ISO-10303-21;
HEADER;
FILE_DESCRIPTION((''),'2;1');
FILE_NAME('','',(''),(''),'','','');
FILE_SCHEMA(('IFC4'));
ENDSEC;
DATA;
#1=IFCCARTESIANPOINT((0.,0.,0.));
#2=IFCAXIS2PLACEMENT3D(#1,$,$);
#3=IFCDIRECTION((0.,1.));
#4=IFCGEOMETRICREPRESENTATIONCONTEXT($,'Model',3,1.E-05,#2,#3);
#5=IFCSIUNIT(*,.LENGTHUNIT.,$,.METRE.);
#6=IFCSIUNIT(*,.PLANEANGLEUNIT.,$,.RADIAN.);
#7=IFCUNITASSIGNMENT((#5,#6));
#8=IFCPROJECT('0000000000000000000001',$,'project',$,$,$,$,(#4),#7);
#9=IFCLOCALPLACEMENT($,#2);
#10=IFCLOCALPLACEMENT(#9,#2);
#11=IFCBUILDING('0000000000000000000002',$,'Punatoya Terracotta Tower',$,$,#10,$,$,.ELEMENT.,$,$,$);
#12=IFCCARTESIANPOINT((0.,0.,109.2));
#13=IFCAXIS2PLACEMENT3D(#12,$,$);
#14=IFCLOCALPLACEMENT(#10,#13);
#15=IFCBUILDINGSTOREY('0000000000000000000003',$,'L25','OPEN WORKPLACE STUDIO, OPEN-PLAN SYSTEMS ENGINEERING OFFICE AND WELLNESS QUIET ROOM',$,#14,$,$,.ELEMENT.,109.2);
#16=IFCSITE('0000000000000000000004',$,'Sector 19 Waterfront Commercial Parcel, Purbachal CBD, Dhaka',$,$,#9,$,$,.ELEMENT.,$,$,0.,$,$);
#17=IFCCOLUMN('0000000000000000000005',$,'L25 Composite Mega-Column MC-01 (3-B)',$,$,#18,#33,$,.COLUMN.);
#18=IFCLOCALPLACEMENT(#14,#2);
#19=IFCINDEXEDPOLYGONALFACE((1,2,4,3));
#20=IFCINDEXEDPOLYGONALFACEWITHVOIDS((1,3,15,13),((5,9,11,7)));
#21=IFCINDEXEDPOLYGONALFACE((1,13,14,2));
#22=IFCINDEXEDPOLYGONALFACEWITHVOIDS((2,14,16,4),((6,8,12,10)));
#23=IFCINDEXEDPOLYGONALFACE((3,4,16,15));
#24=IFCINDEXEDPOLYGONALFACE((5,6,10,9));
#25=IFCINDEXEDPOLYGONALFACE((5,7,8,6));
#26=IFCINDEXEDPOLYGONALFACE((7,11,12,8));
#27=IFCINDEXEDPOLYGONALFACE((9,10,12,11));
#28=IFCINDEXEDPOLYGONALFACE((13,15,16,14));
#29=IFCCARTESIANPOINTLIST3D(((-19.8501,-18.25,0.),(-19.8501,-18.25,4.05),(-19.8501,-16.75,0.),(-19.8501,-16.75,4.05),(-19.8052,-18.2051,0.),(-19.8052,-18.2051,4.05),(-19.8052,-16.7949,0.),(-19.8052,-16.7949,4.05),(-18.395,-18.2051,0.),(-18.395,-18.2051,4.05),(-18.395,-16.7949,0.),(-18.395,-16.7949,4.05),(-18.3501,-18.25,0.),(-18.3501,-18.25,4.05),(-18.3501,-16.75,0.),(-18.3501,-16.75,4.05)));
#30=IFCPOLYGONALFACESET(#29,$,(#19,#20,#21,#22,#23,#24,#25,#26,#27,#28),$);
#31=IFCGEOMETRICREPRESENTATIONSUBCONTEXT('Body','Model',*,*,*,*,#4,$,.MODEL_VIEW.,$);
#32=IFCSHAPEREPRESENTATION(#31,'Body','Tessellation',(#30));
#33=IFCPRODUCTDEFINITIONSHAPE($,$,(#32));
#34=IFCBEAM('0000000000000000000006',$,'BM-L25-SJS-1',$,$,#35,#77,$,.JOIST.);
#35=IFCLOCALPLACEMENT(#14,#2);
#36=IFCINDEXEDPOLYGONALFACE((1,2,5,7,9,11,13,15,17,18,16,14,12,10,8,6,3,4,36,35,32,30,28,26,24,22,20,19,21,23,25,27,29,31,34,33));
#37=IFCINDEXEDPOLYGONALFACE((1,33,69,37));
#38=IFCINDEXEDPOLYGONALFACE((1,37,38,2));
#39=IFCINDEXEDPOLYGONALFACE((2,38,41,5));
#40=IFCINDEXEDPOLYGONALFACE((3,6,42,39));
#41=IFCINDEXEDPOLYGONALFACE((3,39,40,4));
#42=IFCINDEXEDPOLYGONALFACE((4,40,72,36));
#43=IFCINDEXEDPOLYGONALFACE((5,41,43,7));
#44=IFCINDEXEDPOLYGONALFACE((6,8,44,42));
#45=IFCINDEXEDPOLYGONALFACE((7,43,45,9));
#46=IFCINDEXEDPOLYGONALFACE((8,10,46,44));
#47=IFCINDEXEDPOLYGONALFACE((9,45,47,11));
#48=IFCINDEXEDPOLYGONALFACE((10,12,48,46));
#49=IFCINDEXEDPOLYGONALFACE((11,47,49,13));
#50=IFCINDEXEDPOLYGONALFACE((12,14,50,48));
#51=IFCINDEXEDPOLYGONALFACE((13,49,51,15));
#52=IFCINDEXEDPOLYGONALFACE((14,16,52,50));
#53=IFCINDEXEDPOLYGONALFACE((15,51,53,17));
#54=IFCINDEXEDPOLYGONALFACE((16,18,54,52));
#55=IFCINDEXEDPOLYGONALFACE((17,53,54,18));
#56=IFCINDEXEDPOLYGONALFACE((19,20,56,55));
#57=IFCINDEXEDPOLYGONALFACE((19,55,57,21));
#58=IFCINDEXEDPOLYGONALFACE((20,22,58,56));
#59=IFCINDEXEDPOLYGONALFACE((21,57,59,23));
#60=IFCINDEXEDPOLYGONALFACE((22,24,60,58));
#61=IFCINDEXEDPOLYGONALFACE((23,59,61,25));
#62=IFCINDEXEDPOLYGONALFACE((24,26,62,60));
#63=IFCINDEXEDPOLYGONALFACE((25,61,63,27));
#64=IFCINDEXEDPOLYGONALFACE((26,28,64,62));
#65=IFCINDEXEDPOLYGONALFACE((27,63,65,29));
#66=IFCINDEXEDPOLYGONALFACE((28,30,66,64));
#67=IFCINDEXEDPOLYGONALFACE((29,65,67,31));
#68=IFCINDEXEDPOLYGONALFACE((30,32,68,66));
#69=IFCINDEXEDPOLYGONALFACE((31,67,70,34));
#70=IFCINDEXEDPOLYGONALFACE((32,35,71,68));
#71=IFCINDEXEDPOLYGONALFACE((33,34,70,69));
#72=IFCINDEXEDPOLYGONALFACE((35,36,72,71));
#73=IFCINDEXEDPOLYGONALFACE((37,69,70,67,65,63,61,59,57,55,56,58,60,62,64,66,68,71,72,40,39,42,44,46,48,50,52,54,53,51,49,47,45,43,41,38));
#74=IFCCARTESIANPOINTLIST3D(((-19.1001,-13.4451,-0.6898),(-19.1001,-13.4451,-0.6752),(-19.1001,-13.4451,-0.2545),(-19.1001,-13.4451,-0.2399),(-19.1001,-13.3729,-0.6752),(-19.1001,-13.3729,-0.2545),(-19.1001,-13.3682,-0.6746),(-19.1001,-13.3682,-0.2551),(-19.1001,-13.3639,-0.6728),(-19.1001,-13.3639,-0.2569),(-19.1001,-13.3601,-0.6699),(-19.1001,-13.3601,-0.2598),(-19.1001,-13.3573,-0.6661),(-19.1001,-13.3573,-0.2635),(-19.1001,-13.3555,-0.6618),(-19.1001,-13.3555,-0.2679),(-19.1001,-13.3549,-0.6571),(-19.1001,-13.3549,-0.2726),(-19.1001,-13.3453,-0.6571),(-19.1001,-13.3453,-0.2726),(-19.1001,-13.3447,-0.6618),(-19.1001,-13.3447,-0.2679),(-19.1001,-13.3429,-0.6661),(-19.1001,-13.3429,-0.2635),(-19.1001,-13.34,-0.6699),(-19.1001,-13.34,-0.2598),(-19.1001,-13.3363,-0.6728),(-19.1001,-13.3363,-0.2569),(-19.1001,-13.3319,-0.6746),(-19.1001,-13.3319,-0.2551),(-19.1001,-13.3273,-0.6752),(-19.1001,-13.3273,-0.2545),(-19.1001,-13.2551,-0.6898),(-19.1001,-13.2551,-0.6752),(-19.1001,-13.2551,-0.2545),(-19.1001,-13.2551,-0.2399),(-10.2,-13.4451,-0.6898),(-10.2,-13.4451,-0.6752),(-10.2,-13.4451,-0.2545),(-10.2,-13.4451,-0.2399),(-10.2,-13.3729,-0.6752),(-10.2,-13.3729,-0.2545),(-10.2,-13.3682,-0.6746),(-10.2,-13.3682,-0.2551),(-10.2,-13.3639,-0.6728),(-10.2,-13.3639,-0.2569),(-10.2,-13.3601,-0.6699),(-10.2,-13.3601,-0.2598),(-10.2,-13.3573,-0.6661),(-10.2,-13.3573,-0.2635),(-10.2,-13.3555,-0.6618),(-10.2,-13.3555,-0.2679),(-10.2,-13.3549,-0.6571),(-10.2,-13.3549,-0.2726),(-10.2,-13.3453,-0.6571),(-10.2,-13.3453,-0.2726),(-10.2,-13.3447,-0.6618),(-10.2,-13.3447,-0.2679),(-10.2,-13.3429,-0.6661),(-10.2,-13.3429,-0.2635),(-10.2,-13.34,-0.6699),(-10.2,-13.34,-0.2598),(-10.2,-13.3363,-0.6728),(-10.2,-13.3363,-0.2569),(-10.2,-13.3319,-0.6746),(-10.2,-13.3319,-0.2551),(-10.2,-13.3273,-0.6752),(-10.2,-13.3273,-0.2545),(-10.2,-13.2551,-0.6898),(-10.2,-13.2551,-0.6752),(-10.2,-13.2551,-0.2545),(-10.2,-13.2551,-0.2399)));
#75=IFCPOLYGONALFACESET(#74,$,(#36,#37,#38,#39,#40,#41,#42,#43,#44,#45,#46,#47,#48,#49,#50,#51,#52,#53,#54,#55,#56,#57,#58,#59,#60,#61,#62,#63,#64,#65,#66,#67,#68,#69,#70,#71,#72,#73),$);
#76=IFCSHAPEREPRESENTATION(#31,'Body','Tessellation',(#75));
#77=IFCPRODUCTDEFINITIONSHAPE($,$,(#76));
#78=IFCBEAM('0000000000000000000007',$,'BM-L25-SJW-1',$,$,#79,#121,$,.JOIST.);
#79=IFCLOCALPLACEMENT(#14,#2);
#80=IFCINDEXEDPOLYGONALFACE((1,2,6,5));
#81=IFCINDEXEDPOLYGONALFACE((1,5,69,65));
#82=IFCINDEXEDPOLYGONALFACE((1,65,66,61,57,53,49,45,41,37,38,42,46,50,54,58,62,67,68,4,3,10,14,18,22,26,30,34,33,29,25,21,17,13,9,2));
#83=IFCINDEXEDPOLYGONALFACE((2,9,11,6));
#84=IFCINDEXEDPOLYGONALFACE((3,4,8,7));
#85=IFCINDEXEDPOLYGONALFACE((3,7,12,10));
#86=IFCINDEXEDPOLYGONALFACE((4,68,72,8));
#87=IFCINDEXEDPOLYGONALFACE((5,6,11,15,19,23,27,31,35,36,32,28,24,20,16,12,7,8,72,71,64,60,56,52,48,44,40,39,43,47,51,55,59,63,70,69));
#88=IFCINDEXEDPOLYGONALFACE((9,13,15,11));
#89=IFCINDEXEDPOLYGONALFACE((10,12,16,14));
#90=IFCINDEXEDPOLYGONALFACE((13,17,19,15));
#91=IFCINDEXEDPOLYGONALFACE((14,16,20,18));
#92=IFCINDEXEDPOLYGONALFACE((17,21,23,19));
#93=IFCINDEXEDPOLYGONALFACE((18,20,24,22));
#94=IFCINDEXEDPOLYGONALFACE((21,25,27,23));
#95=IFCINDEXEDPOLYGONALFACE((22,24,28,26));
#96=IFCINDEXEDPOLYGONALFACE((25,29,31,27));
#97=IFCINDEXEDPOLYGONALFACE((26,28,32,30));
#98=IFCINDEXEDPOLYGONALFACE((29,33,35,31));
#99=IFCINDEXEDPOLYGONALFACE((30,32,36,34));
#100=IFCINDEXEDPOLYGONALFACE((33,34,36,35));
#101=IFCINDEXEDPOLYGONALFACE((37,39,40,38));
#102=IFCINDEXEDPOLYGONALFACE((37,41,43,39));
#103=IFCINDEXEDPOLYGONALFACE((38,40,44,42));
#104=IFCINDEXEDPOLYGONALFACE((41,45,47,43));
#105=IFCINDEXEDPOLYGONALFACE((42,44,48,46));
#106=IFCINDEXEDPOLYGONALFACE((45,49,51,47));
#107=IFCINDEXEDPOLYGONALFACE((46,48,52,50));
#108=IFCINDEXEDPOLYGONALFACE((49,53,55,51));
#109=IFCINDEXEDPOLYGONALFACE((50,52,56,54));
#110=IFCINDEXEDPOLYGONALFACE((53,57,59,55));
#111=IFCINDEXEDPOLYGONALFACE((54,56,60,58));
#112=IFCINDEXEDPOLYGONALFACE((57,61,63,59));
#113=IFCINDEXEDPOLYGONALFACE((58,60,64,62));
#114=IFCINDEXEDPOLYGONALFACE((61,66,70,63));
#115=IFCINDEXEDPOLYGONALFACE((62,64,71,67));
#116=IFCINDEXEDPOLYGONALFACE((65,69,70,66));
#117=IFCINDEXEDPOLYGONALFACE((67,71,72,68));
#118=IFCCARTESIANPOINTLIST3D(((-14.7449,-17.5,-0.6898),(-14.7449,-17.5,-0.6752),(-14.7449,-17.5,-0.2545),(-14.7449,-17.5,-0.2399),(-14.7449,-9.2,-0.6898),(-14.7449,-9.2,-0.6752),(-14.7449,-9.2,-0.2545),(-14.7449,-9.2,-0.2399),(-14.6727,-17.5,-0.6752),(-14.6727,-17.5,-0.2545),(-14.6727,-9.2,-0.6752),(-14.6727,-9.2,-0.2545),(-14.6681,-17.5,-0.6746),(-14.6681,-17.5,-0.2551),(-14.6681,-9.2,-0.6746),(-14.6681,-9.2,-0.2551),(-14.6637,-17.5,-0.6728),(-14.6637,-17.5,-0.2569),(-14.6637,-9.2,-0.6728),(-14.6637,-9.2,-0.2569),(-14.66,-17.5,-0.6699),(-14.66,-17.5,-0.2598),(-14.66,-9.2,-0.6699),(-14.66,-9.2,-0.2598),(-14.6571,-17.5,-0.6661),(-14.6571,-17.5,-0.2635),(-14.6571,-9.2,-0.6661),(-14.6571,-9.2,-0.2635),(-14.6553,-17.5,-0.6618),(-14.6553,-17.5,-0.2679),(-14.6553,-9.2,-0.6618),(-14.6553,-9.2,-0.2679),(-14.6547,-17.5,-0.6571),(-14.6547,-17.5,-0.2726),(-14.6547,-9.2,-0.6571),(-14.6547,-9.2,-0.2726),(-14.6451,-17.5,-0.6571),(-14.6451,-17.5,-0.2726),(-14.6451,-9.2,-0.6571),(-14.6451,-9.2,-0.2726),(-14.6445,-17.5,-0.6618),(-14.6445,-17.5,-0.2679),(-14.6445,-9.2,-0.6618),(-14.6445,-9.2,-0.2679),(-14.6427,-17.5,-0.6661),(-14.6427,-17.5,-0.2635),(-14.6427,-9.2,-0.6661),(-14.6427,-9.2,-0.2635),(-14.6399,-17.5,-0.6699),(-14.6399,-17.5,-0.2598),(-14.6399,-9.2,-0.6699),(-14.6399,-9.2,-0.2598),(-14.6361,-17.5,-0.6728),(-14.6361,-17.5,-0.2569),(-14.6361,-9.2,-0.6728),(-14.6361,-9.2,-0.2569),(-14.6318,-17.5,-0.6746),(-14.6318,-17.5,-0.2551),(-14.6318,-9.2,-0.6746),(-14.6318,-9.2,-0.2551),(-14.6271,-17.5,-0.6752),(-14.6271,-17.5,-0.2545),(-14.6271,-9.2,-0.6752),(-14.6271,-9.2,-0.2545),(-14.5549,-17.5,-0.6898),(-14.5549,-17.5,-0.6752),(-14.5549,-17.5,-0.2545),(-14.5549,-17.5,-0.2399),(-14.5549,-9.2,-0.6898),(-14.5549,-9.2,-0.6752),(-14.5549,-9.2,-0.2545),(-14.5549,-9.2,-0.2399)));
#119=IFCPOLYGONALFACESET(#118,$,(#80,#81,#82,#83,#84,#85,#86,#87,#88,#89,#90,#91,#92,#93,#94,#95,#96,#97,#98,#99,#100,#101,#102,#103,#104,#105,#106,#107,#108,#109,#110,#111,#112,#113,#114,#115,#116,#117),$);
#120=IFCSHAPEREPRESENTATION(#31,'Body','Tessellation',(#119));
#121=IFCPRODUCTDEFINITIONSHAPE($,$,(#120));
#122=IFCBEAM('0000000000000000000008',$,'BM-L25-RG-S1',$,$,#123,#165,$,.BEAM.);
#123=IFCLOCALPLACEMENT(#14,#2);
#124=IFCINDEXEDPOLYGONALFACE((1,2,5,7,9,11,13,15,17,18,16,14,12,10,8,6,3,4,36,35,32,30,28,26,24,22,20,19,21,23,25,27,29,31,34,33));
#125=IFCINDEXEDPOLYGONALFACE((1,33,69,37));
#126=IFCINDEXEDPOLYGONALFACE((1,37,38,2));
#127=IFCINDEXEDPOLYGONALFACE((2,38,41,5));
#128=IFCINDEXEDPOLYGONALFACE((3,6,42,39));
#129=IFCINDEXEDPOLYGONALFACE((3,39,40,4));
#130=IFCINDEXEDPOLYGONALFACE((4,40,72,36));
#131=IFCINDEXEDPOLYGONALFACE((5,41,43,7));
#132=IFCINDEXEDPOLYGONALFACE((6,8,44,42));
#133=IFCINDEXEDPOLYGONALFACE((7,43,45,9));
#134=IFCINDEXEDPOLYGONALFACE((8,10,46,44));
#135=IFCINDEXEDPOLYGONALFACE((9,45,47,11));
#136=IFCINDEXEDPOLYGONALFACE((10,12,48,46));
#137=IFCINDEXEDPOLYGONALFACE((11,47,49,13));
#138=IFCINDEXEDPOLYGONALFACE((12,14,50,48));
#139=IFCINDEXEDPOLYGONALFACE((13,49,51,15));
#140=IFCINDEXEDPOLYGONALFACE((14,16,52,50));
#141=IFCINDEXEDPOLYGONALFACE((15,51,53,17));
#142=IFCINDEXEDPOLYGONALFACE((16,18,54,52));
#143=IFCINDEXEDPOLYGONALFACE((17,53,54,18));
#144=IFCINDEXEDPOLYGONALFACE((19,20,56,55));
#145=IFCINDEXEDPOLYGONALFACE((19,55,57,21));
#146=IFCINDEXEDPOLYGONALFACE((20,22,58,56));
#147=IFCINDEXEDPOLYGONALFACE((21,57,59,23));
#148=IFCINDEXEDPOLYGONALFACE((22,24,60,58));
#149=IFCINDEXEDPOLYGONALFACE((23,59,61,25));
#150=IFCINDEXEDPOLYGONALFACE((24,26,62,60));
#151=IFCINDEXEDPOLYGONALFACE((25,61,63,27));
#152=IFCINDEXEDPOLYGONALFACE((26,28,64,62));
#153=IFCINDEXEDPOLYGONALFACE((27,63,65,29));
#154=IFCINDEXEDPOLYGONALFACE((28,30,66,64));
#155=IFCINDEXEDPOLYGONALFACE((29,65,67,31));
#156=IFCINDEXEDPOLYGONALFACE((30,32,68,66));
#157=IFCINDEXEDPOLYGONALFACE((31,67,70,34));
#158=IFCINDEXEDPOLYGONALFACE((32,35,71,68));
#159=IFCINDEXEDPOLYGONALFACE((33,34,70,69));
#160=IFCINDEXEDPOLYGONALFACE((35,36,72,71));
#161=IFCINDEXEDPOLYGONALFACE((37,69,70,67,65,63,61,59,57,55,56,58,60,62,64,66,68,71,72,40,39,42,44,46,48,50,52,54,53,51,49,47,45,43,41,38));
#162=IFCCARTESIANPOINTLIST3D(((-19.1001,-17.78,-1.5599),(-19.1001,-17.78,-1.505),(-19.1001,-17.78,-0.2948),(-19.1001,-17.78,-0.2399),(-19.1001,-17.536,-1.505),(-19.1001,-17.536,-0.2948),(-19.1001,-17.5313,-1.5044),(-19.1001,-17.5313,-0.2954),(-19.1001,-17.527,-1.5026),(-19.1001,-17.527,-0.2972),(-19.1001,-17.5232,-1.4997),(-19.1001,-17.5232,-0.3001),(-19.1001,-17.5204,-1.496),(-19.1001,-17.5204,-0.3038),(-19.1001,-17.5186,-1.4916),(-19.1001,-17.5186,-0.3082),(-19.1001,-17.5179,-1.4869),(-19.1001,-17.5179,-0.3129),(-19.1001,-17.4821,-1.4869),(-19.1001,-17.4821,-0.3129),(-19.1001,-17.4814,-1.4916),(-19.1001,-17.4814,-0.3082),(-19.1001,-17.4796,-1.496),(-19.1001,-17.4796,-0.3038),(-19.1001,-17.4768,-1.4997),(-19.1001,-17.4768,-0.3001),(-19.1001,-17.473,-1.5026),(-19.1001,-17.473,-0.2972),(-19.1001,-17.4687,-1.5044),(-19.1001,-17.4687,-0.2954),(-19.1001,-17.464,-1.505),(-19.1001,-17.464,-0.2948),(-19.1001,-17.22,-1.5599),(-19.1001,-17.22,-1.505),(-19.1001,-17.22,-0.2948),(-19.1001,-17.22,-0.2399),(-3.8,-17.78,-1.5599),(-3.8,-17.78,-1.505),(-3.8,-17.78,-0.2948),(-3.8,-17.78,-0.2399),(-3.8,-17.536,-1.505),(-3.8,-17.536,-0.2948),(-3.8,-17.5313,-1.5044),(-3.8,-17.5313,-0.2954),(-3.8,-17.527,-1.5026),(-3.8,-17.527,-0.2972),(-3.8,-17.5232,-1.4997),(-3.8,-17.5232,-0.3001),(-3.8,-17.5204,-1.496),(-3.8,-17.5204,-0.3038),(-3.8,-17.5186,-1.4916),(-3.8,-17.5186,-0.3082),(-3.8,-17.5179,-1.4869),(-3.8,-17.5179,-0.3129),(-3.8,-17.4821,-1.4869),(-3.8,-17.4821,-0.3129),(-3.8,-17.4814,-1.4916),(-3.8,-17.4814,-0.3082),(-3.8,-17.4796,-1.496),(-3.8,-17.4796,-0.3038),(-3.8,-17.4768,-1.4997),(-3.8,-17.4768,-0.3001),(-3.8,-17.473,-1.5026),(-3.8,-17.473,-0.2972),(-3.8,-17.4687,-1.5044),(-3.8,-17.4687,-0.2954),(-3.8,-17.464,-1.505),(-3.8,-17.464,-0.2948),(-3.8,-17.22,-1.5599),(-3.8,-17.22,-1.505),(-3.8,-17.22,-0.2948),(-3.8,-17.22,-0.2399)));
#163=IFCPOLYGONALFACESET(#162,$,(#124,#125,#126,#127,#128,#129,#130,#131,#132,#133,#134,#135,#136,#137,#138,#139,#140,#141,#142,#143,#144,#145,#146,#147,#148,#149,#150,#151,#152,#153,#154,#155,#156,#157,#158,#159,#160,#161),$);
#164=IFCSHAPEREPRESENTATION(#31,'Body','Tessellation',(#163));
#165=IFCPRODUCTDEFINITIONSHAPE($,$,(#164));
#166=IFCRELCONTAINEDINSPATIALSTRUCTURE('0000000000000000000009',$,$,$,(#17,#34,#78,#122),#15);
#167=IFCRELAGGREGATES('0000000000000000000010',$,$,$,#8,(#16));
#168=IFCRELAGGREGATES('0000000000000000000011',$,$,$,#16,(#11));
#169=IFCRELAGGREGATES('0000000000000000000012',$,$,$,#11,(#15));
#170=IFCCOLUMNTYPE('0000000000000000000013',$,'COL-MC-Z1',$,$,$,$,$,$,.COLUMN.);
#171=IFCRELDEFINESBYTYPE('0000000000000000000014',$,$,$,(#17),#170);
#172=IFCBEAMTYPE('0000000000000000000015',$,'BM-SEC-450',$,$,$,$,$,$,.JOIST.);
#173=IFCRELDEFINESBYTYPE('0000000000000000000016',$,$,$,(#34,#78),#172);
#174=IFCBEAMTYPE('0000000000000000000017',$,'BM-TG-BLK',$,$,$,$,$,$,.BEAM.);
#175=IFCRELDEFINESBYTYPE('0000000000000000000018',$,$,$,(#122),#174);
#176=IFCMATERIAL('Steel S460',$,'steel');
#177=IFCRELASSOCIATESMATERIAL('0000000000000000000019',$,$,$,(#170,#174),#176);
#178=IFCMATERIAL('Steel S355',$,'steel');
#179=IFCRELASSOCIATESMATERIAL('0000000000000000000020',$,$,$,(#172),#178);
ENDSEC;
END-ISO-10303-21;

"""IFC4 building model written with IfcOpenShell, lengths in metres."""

from ifc_helpers import new_model, si_unit, direction, frame, origin, origin_2d, place, context, subcontext, project, spatial, hollow_rectangle, i_section, extrude, material, material_profile, profile_set, type_object, element, save


model = new_model("IFC4")

# Units and contexts
model_context = context("Model", 3, precision=1e-05, world=origin(), true_north=direction((0.0, 1.0)))
body_context = subcontext(model_context, "Body", "Model", "MODEL_VIEW")
ifc_project = project(units=[si_unit("LENGTHUNIT", "METRE"), si_unit("PLANEANGLEUNIT", "RADIAN")], contexts=[model_context])

# Site, building, storey
site_placement = place(None, origin())
site = spatial("IfcSite", under=ifc_project, at=site_placement, Name="Sector 19 Waterfront Commercial Parcel, Purbachal CBD, Dhaka", CompositionType="ELEMENT", RefElevation=0.0)
building_placement = place(site_placement, origin())
building = spatial("IfcBuilding", under=site, at=building_placement, Name="Punatoya Terracotta Tower", CompositionType="ELEMENT")
storey_placement = place(building_placement, frame((0.0, 0.0, 109.2)))
storey = spatial("IfcBuildingStorey", under=building, at=storey_placement, Name="L25", Description="OPEN WORKPLACE STUDIO, OPEN-PLAN SYSTEMS ENGINEERING OFFICE AND WELLNESS QUIET ROOM", CompositionType="ELEMENT", Elevation=109.2)

# Column
ifc_material_1 = material(Name="Steel S460", Category="steel")
ifc_material_profile_1 = material_profile(ifc_material_1, hollow_rectangle(XDim=1.5, YDim=1.5, WallThickness=0.0449, at=origin_2d()))
ifc_profile_set_1 = profile_set([ifc_material_profile_1], Name="Steel S460")
column_type = type_object("IfcColumnType", Name="COL-MC-Z1", PredefinedType="COLUMN", material=ifc_profile_set_1)
column_placement = place(storey_placement, frame((-19.1001, -17.5, 0.0), z_axis=(0.0, 0.0, 1.0), x_axis=(1.0, 0.0, 0.0)))
element("IfcColumn", 1, at=column_placement, inside=storey, type_object=column_type, Name="L25 Composite Mega-Column MC-01 (3-B)", PredefinedType="COLUMN", context=body_context, shape_type="SweptSolid", body=[
    extrude(hollow_rectangle(XDim=1.5, YDim=1.5, WallThickness=0.0449, at=origin_2d()), origin(), (0.0, 0.0, 1.0), 4.05),
])

# Beams
ifc_material_2 = material(Name="Steel S355", Category="steel")
ifc_material_profile_2 = material_profile(ifc_material_2, i_section(OverallWidth=0.1899, OverallDepth=0.45, WebThickness=0.0095, FlangeThickness=0.0146, FilletRadius=0.0181, at=origin_2d()))
ifc_profile_set_2 = profile_set([ifc_material_profile_2], Name="Steel S355")
beam_type_1 = type_object("IfcBeamType", Name="BM-SEC-450", PredefinedType="JOIST", material=ifc_profile_set_2)
beam_1_placement = place(storey_placement, frame((-19.1001, -13.3501, -0.4648), z_axis=(1.0, 0.0, 0.0), x_axis=(0.0, 1.0, 0.0)))
element("IfcBeam", 2, at=beam_1_placement, inside=storey, type_object=beam_type_1, Name="BM-L25-SJS-1", PredefinedType="JOIST", context=body_context, shape_type="SweptSolid", body=[
    extrude(i_section(OverallWidth=0.1899, OverallDepth=0.45, WebThickness=0.0095, FlangeThickness=0.0146, FilletRadius=0.0181, at=origin_2d()), origin(), (0.0, 0.0, 1.0), 8.9001),
])
beam_2_placement = place(storey_placement, frame((-14.6499, -17.5, -0.4648), z_axis=(0.0, 1.0, 0.0), x_axis=(-1.0, 0.0, 0.0)))
element("IfcBeam", 3, at=beam_2_placement, inside=storey, type_object=beam_type_1, Name="BM-L25-SJW-1", PredefinedType="JOIST", context=body_context, shape_type="SweptSolid", body=[
    extrude(i_section(OverallWidth=0.1899, OverallDepth=0.45, WebThickness=0.0095, FlangeThickness=0.0146, FilletRadius=0.0181, at=origin_2d()), origin(), (0.0, 0.0, 1.0), 8.3),
])
ifc_material_profile_3 = material_profile(ifc_material_1, i_section(OverallWidth=0.5601, OverallDepth=1.3201, WebThickness=0.0359, FlangeThickness=0.0549, FilletRadius=0.0181, at=origin_2d()))
ifc_profile_set_3 = profile_set([ifc_material_profile_3], Name="Steel S460")
beam_type_2 = type_object("IfcBeamType", Name="BM-TG-BLK", PredefinedType="BEAM", material=ifc_profile_set_3)
beam_3_placement = place(storey_placement, frame((-19.1001, -17.5, -0.8999), z_axis=(1.0, 0.0, 0.0), x_axis=(0.0, 1.0, 0.0)))
element("IfcBeam", 4, at=beam_3_placement, inside=storey, type_object=beam_type_2, Name="BM-L25-RG-S1", PredefinedType="BEAM", context=body_context, shape_type="SweptSolid", body=[
    extrude(i_section(OverallWidth=0.5601, OverallDepth=1.3201, WebThickness=0.0359, FlangeThickness=0.0549, FilletRadius=0.0181, at=origin_2d()), origin(), (0.0, 0.0, 1.0), 15.3),
])

save(model, "model.ifc")
